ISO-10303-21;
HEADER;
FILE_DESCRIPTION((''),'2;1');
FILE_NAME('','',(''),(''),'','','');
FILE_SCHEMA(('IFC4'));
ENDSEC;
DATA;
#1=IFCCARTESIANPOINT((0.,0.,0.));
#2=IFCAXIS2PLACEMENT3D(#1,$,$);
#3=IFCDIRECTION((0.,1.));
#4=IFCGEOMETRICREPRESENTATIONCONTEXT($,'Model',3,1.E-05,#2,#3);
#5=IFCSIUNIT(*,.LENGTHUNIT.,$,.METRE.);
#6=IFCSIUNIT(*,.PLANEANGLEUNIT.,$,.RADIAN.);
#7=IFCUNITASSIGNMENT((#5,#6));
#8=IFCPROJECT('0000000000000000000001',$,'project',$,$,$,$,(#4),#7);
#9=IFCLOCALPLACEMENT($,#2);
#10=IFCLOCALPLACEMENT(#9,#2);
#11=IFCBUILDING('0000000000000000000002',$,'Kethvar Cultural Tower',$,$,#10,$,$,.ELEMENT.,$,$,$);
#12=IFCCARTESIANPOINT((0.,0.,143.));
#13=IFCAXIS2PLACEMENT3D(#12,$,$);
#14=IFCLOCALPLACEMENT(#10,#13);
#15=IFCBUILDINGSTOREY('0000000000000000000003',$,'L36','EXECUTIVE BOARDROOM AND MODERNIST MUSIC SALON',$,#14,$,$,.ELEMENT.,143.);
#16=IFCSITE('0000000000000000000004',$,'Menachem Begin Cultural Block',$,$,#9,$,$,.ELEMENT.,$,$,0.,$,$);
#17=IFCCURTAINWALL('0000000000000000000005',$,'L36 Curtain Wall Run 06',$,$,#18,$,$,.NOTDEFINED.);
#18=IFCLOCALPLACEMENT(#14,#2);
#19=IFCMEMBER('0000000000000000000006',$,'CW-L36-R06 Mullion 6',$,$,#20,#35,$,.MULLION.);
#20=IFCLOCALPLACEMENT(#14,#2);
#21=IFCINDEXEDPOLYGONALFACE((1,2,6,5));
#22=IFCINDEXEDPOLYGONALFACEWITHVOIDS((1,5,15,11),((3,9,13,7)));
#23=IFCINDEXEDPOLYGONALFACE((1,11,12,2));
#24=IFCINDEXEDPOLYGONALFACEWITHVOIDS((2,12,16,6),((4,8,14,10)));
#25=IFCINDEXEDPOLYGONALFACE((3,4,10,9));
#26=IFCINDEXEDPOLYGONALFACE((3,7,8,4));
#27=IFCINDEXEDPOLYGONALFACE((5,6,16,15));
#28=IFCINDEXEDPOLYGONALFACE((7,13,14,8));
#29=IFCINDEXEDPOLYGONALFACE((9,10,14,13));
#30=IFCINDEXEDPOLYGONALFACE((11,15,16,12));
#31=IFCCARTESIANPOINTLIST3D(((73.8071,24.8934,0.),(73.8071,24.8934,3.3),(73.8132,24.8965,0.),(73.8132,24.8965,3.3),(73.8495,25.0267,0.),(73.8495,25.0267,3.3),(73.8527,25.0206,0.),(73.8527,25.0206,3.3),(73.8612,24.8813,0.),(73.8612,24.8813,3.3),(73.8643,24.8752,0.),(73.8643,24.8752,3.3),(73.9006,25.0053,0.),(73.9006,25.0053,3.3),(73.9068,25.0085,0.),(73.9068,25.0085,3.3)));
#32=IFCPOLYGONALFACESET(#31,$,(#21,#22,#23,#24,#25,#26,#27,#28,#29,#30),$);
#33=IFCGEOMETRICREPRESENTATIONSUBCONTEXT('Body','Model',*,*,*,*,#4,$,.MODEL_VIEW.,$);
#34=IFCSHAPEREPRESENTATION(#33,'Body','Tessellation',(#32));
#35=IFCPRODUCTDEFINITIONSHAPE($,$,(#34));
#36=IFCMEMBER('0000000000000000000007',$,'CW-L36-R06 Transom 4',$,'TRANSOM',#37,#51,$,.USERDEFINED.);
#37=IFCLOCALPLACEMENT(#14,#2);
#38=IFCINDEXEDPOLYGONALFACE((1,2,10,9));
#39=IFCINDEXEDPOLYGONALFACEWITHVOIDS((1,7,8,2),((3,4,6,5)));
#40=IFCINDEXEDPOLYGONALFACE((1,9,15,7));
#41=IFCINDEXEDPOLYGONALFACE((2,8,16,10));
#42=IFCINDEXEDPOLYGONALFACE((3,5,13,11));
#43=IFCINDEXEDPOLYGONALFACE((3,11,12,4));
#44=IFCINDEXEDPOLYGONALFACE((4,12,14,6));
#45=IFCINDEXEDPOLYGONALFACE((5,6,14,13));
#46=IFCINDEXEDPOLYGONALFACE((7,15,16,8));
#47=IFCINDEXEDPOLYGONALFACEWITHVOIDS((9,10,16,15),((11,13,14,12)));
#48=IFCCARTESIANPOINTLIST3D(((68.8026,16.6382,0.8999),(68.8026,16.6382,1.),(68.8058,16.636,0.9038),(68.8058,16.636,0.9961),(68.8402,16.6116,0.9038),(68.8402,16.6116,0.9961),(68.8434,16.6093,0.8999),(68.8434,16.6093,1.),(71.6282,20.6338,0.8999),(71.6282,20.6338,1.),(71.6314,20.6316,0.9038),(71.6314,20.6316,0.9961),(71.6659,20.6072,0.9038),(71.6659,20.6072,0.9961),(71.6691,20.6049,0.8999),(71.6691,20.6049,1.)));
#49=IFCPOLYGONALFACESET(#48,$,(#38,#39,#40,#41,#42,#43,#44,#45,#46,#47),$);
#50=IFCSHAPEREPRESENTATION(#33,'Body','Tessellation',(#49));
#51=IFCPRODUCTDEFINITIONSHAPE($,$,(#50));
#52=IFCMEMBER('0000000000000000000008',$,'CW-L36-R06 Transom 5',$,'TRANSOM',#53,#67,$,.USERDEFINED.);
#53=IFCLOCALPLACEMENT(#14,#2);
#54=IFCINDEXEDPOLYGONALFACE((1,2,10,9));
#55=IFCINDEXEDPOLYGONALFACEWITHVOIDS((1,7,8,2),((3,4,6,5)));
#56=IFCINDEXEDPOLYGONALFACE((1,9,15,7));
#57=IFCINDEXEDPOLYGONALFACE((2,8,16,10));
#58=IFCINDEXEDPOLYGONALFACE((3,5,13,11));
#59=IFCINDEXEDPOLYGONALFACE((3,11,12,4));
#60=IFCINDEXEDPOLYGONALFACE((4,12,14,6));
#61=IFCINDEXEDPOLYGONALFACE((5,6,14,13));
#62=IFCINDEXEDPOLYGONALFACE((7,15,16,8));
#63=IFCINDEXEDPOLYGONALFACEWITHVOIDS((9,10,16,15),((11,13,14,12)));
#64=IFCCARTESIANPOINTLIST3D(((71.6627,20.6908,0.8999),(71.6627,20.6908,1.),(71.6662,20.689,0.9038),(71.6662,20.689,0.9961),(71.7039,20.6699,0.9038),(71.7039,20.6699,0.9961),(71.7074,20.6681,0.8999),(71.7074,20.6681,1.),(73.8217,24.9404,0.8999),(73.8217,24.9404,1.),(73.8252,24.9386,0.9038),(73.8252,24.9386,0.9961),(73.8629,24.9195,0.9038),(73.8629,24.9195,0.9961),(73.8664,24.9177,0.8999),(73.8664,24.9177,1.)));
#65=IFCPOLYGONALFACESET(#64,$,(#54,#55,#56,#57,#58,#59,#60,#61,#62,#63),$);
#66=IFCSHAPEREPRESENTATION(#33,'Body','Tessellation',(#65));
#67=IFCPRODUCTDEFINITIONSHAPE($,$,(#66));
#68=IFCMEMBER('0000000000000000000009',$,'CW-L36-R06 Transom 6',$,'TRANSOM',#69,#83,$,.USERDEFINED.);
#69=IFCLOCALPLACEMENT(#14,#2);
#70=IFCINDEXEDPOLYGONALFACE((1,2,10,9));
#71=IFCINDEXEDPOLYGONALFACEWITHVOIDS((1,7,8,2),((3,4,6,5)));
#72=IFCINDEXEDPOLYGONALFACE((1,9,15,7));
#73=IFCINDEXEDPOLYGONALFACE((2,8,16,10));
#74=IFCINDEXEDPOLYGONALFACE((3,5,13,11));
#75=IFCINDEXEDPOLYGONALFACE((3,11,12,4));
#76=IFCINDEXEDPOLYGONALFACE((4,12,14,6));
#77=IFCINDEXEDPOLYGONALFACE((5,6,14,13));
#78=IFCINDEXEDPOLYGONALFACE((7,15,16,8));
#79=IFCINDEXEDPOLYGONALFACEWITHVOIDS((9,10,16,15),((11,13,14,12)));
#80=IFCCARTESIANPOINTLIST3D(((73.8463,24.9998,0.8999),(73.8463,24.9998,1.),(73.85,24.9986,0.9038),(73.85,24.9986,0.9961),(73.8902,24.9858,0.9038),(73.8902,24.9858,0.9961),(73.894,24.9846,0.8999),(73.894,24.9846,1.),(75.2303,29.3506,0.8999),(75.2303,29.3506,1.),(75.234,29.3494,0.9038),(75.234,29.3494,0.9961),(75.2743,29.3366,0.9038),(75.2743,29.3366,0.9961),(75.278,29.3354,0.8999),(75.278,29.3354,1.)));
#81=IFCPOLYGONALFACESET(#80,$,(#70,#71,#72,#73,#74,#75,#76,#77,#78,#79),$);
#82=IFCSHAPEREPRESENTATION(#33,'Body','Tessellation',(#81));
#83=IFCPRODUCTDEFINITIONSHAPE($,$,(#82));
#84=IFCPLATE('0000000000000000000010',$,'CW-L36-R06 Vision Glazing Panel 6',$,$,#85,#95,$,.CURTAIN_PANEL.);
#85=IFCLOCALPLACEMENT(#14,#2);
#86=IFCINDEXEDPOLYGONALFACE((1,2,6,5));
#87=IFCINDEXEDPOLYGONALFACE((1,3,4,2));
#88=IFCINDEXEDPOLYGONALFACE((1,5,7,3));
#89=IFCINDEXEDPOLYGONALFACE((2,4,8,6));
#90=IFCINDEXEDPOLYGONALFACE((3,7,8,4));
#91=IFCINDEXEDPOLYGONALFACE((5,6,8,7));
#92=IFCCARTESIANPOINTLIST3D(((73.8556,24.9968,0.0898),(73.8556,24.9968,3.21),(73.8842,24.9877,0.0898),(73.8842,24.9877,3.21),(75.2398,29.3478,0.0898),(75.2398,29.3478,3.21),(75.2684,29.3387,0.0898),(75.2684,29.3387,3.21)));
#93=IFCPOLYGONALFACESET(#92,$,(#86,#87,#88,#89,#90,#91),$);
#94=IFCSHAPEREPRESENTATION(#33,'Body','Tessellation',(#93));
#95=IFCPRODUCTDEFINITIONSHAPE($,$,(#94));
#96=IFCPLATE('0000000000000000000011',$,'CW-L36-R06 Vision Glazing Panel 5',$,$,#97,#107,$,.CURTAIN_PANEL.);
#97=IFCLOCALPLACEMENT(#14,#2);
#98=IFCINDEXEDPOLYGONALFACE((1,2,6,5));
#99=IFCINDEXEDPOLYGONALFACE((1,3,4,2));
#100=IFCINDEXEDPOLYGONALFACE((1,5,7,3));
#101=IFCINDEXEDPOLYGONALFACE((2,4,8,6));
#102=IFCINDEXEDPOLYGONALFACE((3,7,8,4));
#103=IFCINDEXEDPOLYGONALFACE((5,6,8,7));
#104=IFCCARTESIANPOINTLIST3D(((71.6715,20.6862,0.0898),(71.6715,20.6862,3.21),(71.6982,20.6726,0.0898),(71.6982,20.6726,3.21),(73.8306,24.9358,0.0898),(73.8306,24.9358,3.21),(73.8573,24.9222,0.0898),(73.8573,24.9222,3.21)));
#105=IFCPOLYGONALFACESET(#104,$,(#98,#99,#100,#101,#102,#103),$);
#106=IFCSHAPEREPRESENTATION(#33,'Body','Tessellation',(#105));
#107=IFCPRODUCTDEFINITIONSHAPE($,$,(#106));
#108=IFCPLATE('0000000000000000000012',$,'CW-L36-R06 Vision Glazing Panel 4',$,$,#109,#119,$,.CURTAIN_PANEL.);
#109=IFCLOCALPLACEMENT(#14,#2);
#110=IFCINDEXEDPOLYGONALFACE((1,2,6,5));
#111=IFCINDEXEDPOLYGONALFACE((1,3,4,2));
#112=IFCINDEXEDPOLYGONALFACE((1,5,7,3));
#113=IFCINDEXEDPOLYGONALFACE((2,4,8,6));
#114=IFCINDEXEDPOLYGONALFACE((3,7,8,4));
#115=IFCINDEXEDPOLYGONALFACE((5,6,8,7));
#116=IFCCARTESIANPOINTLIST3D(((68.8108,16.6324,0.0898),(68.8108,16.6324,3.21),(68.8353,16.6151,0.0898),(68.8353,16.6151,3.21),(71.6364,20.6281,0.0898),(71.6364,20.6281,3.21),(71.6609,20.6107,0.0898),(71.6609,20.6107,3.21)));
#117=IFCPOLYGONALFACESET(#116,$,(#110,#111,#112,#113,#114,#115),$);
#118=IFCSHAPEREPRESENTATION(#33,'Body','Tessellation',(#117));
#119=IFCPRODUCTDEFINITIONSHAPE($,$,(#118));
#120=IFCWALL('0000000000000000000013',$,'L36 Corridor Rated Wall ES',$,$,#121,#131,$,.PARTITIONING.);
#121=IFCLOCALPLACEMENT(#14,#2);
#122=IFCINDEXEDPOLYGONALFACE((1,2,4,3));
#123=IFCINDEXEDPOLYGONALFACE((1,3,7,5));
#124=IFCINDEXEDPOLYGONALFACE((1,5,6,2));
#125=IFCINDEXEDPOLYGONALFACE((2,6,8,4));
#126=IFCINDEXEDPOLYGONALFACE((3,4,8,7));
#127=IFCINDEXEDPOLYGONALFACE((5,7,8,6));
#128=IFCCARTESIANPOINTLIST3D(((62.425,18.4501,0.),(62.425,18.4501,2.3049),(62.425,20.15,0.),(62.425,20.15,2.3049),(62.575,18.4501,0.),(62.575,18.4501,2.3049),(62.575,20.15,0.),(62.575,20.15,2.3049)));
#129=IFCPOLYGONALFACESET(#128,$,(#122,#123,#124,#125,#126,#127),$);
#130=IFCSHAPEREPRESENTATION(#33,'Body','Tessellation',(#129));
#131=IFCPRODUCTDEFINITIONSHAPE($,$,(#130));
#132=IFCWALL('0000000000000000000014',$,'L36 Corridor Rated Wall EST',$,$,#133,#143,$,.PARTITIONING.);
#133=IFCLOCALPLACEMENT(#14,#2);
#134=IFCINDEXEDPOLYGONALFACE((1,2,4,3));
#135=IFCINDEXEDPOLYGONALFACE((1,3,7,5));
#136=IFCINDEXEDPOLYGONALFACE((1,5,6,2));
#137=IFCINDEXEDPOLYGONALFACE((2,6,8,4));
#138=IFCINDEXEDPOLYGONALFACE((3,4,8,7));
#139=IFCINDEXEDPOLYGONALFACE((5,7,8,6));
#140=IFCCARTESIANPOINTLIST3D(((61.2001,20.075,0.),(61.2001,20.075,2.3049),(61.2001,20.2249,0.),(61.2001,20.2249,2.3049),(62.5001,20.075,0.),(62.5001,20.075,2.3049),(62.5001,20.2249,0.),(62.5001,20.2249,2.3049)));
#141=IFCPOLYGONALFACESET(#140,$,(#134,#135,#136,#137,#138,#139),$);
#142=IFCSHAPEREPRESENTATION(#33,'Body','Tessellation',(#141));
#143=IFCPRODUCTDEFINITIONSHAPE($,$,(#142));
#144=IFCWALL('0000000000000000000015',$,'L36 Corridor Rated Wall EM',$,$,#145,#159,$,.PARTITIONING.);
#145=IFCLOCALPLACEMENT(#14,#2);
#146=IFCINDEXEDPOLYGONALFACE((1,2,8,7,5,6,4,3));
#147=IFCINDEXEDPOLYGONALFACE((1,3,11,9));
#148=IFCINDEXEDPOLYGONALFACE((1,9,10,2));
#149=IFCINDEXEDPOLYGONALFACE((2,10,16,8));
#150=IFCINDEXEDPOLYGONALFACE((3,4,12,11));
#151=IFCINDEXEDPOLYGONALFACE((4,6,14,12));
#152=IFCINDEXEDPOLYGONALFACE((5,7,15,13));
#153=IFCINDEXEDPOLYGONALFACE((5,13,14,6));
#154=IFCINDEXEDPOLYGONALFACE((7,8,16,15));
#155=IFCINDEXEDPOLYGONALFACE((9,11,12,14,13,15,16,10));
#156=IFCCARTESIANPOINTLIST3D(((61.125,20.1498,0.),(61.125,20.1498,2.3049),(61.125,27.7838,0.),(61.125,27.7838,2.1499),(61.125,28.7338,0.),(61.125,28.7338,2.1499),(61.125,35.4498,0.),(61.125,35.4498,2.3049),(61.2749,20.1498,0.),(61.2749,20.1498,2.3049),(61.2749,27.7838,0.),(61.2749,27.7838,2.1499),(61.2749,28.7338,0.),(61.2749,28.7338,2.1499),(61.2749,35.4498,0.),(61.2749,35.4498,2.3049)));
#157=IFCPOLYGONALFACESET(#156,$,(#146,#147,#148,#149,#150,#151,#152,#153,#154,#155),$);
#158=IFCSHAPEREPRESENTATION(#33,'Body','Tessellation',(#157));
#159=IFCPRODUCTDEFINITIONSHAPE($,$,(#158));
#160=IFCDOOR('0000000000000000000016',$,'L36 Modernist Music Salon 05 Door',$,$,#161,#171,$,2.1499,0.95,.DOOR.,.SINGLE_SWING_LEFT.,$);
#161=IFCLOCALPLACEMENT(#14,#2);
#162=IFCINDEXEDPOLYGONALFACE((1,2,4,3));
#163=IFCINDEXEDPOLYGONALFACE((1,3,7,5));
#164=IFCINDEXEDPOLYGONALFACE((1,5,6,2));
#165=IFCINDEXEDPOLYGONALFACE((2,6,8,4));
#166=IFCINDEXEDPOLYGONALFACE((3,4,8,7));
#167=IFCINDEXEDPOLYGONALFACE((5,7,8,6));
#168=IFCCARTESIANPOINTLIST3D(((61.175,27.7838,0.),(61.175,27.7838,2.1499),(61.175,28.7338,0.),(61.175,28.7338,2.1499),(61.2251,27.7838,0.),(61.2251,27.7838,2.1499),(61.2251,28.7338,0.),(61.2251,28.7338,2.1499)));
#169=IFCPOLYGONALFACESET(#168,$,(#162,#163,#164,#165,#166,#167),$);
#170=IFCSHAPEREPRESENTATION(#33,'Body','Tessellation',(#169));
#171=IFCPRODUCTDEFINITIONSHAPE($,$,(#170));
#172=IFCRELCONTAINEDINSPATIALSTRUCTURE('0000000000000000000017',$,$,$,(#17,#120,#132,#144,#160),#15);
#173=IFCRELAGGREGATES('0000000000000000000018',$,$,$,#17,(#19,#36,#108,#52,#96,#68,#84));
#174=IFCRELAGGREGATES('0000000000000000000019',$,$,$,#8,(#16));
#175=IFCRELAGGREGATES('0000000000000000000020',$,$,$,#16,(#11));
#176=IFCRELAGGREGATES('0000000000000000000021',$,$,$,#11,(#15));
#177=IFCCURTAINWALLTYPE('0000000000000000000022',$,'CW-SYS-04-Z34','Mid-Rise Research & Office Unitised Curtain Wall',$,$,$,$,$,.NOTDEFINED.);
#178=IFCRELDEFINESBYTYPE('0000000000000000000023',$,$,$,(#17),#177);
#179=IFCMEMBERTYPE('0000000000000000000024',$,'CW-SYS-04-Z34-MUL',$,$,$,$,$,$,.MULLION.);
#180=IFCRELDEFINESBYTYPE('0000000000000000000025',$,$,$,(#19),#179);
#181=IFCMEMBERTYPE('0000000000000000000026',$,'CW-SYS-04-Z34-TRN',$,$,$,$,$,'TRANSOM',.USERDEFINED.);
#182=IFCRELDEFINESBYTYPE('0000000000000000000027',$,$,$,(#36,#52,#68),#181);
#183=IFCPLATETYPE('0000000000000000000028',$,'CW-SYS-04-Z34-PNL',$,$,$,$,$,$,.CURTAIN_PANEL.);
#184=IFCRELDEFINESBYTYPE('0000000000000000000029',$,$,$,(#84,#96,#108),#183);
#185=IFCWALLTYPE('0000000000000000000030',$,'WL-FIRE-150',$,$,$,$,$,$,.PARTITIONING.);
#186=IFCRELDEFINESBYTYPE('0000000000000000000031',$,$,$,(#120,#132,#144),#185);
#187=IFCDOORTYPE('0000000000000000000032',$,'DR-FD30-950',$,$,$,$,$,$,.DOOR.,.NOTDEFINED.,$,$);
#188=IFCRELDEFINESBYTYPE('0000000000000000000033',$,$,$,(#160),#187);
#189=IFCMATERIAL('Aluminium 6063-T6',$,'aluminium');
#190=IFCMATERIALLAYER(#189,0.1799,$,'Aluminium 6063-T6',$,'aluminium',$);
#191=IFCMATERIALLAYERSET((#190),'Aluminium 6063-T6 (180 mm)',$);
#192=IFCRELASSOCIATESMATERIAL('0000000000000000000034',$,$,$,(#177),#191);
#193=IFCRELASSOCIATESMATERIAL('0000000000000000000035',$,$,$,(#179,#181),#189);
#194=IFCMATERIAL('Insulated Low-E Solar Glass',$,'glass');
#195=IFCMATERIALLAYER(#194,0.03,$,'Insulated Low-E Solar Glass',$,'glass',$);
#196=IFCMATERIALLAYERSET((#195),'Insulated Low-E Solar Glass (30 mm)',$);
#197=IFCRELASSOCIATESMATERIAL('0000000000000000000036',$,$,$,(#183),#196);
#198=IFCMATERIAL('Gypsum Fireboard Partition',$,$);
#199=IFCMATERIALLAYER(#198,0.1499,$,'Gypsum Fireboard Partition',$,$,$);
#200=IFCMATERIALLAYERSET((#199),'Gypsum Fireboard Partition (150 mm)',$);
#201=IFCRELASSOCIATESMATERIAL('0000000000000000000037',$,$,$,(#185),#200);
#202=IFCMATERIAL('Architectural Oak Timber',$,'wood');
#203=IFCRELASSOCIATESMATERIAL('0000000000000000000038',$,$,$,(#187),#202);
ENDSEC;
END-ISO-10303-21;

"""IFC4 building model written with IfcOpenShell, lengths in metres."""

from ifc_helpers import new_model, si_unit, direction, frame, frame_2d, origin, origin_2d, place, context, subcontext, project, spatial, rectangle, hollow_rectangle, extrude, source, transform, mapped, material, layer, layer_set, material_profile, profile_set, type_object, element, fill, aggregate, save


model = new_model("IFC4")

# Units and contexts
model_context = context("Model", 3, precision=1e-05, world=origin(), true_north=direction((0.0, 1.0)))
body_context = subcontext(model_context, "Body", "Model", "MODEL_VIEW")
ifc_project = project(units=[si_unit("LENGTHUNIT", "METRE"), si_unit("PLANEANGLEUNIT", "RADIAN")], contexts=[model_context])

# Site, building, storey
site_placement = place(None, origin())
site = spatial("IfcSite", under=ifc_project, at=site_placement, Name="Menachem Begin Cultural Block", CompositionType="ELEMENT", RefElevation=0.0)
building_placement = place(site_placement, origin())
building = spatial("IfcBuilding", under=site, at=building_placement, Name="Kethvar Cultural Tower", CompositionType="ELEMENT")
storey_placement = place(building_placement, frame((0.0, 0.0, 143.0)))
storey = spatial("IfcBuildingStorey", under=building, at=storey_placement, Name="L36", Description="EXECUTIVE BOARDROOM AND MODERNIST MUSIC SALON", CompositionType="ELEMENT", Elevation=143.0)

# Curtain wall, members, plates
ifc_material_1 = material(Name="Aluminium 6063-T6", Category="aluminium")
ifc_layer_1 = layer(ifc_material_1, 0.1799, Name="Aluminium 6063-T6", Category="aluminium")
ifc_layer_set_1 = layer_set([ifc_layer_1], Name="Aluminium 6063-T6 (180 mm)")
curtain_wall_type = type_object("IfcCurtainWallType", Name="CW-SYS-04-Z34", Description="Mid-Rise Research & Office Unitised Curtain Wall", PredefinedType="NOTDEFINED", material=ifc_layer_set_1)
curtain_wall_placement = place(storey_placement, origin())
curtain_wall = element("IfcCurtainWall", 1, at=curtain_wall_placement, inside=storey, type_object=curtain_wall_type, Name="L36 Curtain Wall Run 06", PredefinedType="NOTDEFINED")
ifc_material_profile_1 = material_profile(ifc_material_1, hollow_rectangle(XDim=0.0601, YDim=0.1399, WallThickness=0.0049, at=origin_2d()), Name="Aluminium 6063-T6 — RHS140x60x5")
ifc_profile_set_1 = profile_set([ifc_material_profile_1], Name="Aluminium 6063-T6 — RHS140x60x5")
member_type_1 = type_object("IfcMemberType", Name="CW-SYS-04-Z34-MUL", PredefinedType="MULLION", material=ifc_profile_set_1)
shared_shape_1 = source(origin(), body_context, "Body", "SweptSolid", [
    extrude(hollow_rectangle(XDim=0.0601, YDim=0.1399, WallThickness=0.0049, at=origin_2d()), origin(), (0.0, 0.0, 1.0), 3.3),
])
member_1_placement = place(storey_placement, frame((73.8569, 24.9509, 0.0), z_axis=(0.0, 0.0, 1.0), x_axis=(-0.952937, 0.303168, 0.0)))
member_1 = element("IfcMember", 2, at=member_1_placement, type_object=member_type_1, Name="CW-L36-R06 Mullion 6", PredefinedType="MULLION", context=body_context, shape_type="MappedRepresentation", body=[
    mapped(shared_shape_1, transform((0.0, 0.0, 0.0), scale=1.0)),
])
ifc_material_profile_2 = material_profile(ifc_material_1, hollow_rectangle(XDim=0.05, YDim=0.1001, WallThickness=0.0039, at=origin_2d()), Name="Aluminium 6063-T6 — RHS100x50x4")
ifc_profile_set_2 = profile_set([ifc_material_profile_2], Name="Aluminium 6063-T6 — RHS100x50x4")
member_type_2 = type_object("IfcMemberType", Name="CW-SYS-04-Z34-TRN", ElementType="TRANSOM", PredefinedType="USERDEFINED", material=ifc_profile_set_2)
shared_shape_2 = source(origin(), body_context, "Body", "SweptSolid", [
    extrude(hollow_rectangle(XDim=0.05, YDim=0.1001, WallThickness=0.0039, at=origin_2d()), origin(), (0.0, 0.0, 1.0), 4.8938),
])
member_2_placement = place(storey_placement, frame((68.823, 16.6238, 0.95), z_axis=(0.5774, 0.816462, 0.0), x_axis=(-0.816462, 0.5774, 0.0)))
member_2 = element("IfcMember", 3, at=member_2_placement, type_object=member_type_2, Name="CW-L36-R06 Transom 4", ObjectType="TRANSOM", PredefinedType="USERDEFINED", context=body_context, shape_type="MappedRepresentation", body=[
    mapped(shared_shape_2, transform((0.0, 0.0, 0.0), scale=1.0)),
])
shared_shape_3 = source(origin(), body_context, "Body", "SweptSolid", [
    extrude(hollow_rectangle(XDim=0.05, YDim=0.1001, WallThickness=0.0039, at=origin_2d()), origin(), (0.0, 0.0, 1.0), 4.7666),
])
member_3_placement = place(storey_placement, frame((71.6851, 20.6794, 0.95), z_axis=(0.452941, 0.89154, 0.0), x_axis=(-0.89154, 0.452941, 0.0)))
member_3 = element("IfcMember", 4, at=member_3_placement, type_object=member_type_2, Name="CW-L36-R06 Transom 5", ObjectType="TRANSOM", PredefinedType="USERDEFINED", context=body_context, shape_type="MappedRepresentation", body=[
    mapped(shared_shape_3, transform((0.0, 0.0, 0.0), scale=1.0)),
])
shared_shape_4 = source(origin(), body_context, "Body", "SweptSolid", [
    extrude(hollow_rectangle(XDim=0.05, YDim=0.1001, WallThickness=0.0039, at=origin_2d()), origin(), (0.0, 0.0, 1.0), 4.5657),
])
member_4_placement = place(storey_placement, frame((73.8701, 24.9922, 0.95), z_axis=(0.30314, 0.952946, 0.0), x_axis=(-0.952946, 0.30314, 0.0)))
member_4 = element("IfcMember", 5, at=member_4_placement, type_object=member_type_2, Name="CW-L36-R06 Transom 6", ObjectType="TRANSOM", PredefinedType="USERDEFINED", context=body_context, shape_type="MappedRepresentation", body=[
    mapped(shared_shape_4, transform((0.0, 0.0, 0.0), scale=1.0)),
])
ifc_material_2 = material(Name="Insulated Low-E Solar Glass", Category="glass")
ifc_layer_2 = layer(ifc_material_2, 0.03, Name="Insulated Low-E Solar Glass", Category="glass")
ifc_layer_set_2 = layer_set([ifc_layer_2], Name="Insulated Low-E Solar Glass (30 mm)")
plate_type = type_object("IfcPlateType", Name="CW-SYS-04-Z34-PNL", PredefinedType="CURTAIN_PANEL", material=ifc_layer_set_2)
shared_shape_5 = source(origin(), body_context, "Body", "SweptSolid", [
    extrude(rectangle(XDim=4.5659, YDim=0.03, at=origin_2d()), origin(), (0.0, 0.0, 1.0), 3.1201),
])
plate_1_placement = place(storey_placement, frame((74.562, 27.1677, 0.0898), z_axis=(0.0, 0.0, 1.0), x_axis=(0.303168, 0.952937, 0.0)))
plate_1 = element("IfcPlate", 6, at=plate_1_placement, type_object=plate_type, Name="CW-L36-R06 Vision Glazing Panel 6", PredefinedType="CURTAIN_PANEL", context=body_context, shape_type="MappedRepresentation", body=[
    mapped(shared_shape_5, transform((0.0, 0.0, 0.0), scale=1.0)),
])
shared_shape_6 = source(origin(), body_context, "Body", "SweptSolid", [
    extrude(rectangle(XDim=4.7666, YDim=0.03, at=origin_2d()), origin(), (0.0, 0.0, 1.0), 3.1201),
])
plate_2_placement = place(storey_placement, frame((72.7644, 22.8042, 0.0898), z_axis=(0.0, 0.0, 1.0), x_axis=(0.452964, 0.891529, 0.0)))
plate_2 = element("IfcPlate", 7, at=plate_2_placement, type_object=plate_type, Name="CW-L36-R06 Vision Glazing Panel 5", PredefinedType="CURTAIN_PANEL", context=body_context, shape_type="MappedRepresentation", body=[
    mapped(shared_shape_6, transform((0.0, 0.0, 0.0), scale=1.0)),
])
shared_shape_7 = source(origin(), body_context, "Body", "SweptSolid", [
    extrude(rectangle(XDim=4.8938, YDim=0.03, at=origin_2d()), origin(), (0.0, 0.0, 1.0), 3.1201),
])
plate_3_placement = place(storey_placement, frame((70.2358, 18.6216, 0.0898), z_axis=(0.0, 0.0, 1.0), x_axis=(0.577387, 0.81647, 0.0)))
plate_3 = element("IfcPlate", 8, at=plate_3_placement, type_object=plate_type, Name="CW-L36-R06 Vision Glazing Panel 4", PredefinedType="CURTAIN_PANEL", context=body_context, shape_type="MappedRepresentation", body=[
    mapped(shared_shape_7, transform((0.0, 0.0, 0.0), scale=1.0)),
])
aggregate(curtain_wall, [member_1, member_2, plate_3, member_3, plate_2, member_4, plate_1])

# Walls
ifc_material_3 = material(Name="Gypsum Fireboard Partition")
ifc_layer_3 = layer(ifc_material_3, 0.1499, Name="Gypsum Fireboard Partition")
ifc_layer_set_3 = layer_set([ifc_layer_3], Name="Gypsum Fireboard Partition (150 mm)")
wall_type_1 = type_object("IfcWallType", Name="WL-FIRE-150", PredefinedType="PARTITIONING", material=ifc_layer_set_3)
wall_1_placement = place(storey_placement, frame((62.5, 18.45, 0.0), z_axis=(0.0, 0.0, 1.0), x_axis=(0.0, 1.0, 0.0)))
element("IfcWall", 9, at=wall_1_placement, inside=storey, type_object=wall_type_1, Name="L36 Corridor Rated Wall ES", PredefinedType="PARTITIONING", context=body_context, shape_type="SweptSolid", body=[
    extrude(rectangle(XDim=1.7, YDim=0.1499, at=frame_2d((0.8501, 0.0))), origin(), (0.0, 0.0, 1.0), 2.3049),
])
wall_2_placement = place(storey_placement, frame((62.5, 20.1499, 0.0), z_axis=(0.0, 0.0, 1.0), x_axis=(-1.0, 0.0, 0.0)))
element("IfcWall", 10, at=wall_2_placement, inside=storey, type_object=wall_type_1, Name="L36 Corridor Rated Wall EST", PredefinedType="PARTITIONING", context=body_context, shape_type="SweptSolid", body=[
    extrude(rectangle(XDim=1.3, YDim=0.1499, at=frame_2d((0.6499, 0.0))), origin(), (0.0, 0.0, 1.0), 2.3049),
])

# Wall, opening, door
wall_3_placement = place(storey_placement, frame((61.2, 20.1499, 0.0), z_axis=(0.0, 0.0, 1.0), x_axis=(0.0, 1.0, 0.0)))
wall_3 = element("IfcWall", 11, at=wall_3_placement, inside=storey, type_object=wall_type_1, Name="L36 Corridor Rated Wall EM", PredefinedType="PARTITIONING", context=body_context, shape_type="SweptSolid", body=[
    extrude(rectangle(XDim=15.3, YDim=0.1499, at=frame_2d((7.6499, 0.0))), origin(), (0.0, 0.0, 1.0), 2.3049),
])
opening_1_placement = place(wall_3_placement, frame((7.6338, 0.0, 0.0)))
opening_1 = element("IfcOpeningElement", 12, at=opening_1_placement, cuts=wall_3, PredefinedType="OPENING", context=body_context, shape_type="SweptSolid", body=[
    extrude(rectangle(XDim=0.95, YDim=2.1499, at=frame_2d((0.4751, 1.075))), frame((0.0, 0.085, 0.0), z_axis=(0.0, -1.0, 0.0), x_axis=(1.0, 0.0, 0.0)), (0.0, 0.0, 1.0), 0.1699),
])
ifc_material_4 = material(Name="Architectural Oak Timber", Category="wood")
door_type_1 = type_object("IfcDoorType", Name="DR-FD30-950", OperationType="NOTDEFINED", PredefinedType="DOOR", material=ifc_material_4)
shared_shape_8 = source(origin(), body_context, "Body", "SweptSolid", [
    extrude(rectangle(XDim=0.95, YDim=2.1499, at=frame_2d((0.4751, 1.075))), frame((0.0, 0.0249, 0.0), z_axis=(0.0, -1.0, 0.0), x_axis=(1.0, 0.0, 0.0)), (0.0, 0.0, 1.0), 0.05),
])
door_1_placement = place(opening_1_placement, origin())
door_1 = element("IfcDoor", 13, at=door_1_placement, inside=storey, type_object=door_type_1, Name="L36 Modernist Music Salon 05 Door", OperationType="SINGLE_SWING_LEFT", OverallHeight=2.1499, OverallWidth=0.95, PredefinedType="DOOR", context=body_context, shape_type="MappedRepresentation", body=[
    mapped(shared_shape_8, transform((0.0, 0.0, 0.0), scale=1.0)),
])
fill(opening_1, door_1)

save(model, "model.ifc")
